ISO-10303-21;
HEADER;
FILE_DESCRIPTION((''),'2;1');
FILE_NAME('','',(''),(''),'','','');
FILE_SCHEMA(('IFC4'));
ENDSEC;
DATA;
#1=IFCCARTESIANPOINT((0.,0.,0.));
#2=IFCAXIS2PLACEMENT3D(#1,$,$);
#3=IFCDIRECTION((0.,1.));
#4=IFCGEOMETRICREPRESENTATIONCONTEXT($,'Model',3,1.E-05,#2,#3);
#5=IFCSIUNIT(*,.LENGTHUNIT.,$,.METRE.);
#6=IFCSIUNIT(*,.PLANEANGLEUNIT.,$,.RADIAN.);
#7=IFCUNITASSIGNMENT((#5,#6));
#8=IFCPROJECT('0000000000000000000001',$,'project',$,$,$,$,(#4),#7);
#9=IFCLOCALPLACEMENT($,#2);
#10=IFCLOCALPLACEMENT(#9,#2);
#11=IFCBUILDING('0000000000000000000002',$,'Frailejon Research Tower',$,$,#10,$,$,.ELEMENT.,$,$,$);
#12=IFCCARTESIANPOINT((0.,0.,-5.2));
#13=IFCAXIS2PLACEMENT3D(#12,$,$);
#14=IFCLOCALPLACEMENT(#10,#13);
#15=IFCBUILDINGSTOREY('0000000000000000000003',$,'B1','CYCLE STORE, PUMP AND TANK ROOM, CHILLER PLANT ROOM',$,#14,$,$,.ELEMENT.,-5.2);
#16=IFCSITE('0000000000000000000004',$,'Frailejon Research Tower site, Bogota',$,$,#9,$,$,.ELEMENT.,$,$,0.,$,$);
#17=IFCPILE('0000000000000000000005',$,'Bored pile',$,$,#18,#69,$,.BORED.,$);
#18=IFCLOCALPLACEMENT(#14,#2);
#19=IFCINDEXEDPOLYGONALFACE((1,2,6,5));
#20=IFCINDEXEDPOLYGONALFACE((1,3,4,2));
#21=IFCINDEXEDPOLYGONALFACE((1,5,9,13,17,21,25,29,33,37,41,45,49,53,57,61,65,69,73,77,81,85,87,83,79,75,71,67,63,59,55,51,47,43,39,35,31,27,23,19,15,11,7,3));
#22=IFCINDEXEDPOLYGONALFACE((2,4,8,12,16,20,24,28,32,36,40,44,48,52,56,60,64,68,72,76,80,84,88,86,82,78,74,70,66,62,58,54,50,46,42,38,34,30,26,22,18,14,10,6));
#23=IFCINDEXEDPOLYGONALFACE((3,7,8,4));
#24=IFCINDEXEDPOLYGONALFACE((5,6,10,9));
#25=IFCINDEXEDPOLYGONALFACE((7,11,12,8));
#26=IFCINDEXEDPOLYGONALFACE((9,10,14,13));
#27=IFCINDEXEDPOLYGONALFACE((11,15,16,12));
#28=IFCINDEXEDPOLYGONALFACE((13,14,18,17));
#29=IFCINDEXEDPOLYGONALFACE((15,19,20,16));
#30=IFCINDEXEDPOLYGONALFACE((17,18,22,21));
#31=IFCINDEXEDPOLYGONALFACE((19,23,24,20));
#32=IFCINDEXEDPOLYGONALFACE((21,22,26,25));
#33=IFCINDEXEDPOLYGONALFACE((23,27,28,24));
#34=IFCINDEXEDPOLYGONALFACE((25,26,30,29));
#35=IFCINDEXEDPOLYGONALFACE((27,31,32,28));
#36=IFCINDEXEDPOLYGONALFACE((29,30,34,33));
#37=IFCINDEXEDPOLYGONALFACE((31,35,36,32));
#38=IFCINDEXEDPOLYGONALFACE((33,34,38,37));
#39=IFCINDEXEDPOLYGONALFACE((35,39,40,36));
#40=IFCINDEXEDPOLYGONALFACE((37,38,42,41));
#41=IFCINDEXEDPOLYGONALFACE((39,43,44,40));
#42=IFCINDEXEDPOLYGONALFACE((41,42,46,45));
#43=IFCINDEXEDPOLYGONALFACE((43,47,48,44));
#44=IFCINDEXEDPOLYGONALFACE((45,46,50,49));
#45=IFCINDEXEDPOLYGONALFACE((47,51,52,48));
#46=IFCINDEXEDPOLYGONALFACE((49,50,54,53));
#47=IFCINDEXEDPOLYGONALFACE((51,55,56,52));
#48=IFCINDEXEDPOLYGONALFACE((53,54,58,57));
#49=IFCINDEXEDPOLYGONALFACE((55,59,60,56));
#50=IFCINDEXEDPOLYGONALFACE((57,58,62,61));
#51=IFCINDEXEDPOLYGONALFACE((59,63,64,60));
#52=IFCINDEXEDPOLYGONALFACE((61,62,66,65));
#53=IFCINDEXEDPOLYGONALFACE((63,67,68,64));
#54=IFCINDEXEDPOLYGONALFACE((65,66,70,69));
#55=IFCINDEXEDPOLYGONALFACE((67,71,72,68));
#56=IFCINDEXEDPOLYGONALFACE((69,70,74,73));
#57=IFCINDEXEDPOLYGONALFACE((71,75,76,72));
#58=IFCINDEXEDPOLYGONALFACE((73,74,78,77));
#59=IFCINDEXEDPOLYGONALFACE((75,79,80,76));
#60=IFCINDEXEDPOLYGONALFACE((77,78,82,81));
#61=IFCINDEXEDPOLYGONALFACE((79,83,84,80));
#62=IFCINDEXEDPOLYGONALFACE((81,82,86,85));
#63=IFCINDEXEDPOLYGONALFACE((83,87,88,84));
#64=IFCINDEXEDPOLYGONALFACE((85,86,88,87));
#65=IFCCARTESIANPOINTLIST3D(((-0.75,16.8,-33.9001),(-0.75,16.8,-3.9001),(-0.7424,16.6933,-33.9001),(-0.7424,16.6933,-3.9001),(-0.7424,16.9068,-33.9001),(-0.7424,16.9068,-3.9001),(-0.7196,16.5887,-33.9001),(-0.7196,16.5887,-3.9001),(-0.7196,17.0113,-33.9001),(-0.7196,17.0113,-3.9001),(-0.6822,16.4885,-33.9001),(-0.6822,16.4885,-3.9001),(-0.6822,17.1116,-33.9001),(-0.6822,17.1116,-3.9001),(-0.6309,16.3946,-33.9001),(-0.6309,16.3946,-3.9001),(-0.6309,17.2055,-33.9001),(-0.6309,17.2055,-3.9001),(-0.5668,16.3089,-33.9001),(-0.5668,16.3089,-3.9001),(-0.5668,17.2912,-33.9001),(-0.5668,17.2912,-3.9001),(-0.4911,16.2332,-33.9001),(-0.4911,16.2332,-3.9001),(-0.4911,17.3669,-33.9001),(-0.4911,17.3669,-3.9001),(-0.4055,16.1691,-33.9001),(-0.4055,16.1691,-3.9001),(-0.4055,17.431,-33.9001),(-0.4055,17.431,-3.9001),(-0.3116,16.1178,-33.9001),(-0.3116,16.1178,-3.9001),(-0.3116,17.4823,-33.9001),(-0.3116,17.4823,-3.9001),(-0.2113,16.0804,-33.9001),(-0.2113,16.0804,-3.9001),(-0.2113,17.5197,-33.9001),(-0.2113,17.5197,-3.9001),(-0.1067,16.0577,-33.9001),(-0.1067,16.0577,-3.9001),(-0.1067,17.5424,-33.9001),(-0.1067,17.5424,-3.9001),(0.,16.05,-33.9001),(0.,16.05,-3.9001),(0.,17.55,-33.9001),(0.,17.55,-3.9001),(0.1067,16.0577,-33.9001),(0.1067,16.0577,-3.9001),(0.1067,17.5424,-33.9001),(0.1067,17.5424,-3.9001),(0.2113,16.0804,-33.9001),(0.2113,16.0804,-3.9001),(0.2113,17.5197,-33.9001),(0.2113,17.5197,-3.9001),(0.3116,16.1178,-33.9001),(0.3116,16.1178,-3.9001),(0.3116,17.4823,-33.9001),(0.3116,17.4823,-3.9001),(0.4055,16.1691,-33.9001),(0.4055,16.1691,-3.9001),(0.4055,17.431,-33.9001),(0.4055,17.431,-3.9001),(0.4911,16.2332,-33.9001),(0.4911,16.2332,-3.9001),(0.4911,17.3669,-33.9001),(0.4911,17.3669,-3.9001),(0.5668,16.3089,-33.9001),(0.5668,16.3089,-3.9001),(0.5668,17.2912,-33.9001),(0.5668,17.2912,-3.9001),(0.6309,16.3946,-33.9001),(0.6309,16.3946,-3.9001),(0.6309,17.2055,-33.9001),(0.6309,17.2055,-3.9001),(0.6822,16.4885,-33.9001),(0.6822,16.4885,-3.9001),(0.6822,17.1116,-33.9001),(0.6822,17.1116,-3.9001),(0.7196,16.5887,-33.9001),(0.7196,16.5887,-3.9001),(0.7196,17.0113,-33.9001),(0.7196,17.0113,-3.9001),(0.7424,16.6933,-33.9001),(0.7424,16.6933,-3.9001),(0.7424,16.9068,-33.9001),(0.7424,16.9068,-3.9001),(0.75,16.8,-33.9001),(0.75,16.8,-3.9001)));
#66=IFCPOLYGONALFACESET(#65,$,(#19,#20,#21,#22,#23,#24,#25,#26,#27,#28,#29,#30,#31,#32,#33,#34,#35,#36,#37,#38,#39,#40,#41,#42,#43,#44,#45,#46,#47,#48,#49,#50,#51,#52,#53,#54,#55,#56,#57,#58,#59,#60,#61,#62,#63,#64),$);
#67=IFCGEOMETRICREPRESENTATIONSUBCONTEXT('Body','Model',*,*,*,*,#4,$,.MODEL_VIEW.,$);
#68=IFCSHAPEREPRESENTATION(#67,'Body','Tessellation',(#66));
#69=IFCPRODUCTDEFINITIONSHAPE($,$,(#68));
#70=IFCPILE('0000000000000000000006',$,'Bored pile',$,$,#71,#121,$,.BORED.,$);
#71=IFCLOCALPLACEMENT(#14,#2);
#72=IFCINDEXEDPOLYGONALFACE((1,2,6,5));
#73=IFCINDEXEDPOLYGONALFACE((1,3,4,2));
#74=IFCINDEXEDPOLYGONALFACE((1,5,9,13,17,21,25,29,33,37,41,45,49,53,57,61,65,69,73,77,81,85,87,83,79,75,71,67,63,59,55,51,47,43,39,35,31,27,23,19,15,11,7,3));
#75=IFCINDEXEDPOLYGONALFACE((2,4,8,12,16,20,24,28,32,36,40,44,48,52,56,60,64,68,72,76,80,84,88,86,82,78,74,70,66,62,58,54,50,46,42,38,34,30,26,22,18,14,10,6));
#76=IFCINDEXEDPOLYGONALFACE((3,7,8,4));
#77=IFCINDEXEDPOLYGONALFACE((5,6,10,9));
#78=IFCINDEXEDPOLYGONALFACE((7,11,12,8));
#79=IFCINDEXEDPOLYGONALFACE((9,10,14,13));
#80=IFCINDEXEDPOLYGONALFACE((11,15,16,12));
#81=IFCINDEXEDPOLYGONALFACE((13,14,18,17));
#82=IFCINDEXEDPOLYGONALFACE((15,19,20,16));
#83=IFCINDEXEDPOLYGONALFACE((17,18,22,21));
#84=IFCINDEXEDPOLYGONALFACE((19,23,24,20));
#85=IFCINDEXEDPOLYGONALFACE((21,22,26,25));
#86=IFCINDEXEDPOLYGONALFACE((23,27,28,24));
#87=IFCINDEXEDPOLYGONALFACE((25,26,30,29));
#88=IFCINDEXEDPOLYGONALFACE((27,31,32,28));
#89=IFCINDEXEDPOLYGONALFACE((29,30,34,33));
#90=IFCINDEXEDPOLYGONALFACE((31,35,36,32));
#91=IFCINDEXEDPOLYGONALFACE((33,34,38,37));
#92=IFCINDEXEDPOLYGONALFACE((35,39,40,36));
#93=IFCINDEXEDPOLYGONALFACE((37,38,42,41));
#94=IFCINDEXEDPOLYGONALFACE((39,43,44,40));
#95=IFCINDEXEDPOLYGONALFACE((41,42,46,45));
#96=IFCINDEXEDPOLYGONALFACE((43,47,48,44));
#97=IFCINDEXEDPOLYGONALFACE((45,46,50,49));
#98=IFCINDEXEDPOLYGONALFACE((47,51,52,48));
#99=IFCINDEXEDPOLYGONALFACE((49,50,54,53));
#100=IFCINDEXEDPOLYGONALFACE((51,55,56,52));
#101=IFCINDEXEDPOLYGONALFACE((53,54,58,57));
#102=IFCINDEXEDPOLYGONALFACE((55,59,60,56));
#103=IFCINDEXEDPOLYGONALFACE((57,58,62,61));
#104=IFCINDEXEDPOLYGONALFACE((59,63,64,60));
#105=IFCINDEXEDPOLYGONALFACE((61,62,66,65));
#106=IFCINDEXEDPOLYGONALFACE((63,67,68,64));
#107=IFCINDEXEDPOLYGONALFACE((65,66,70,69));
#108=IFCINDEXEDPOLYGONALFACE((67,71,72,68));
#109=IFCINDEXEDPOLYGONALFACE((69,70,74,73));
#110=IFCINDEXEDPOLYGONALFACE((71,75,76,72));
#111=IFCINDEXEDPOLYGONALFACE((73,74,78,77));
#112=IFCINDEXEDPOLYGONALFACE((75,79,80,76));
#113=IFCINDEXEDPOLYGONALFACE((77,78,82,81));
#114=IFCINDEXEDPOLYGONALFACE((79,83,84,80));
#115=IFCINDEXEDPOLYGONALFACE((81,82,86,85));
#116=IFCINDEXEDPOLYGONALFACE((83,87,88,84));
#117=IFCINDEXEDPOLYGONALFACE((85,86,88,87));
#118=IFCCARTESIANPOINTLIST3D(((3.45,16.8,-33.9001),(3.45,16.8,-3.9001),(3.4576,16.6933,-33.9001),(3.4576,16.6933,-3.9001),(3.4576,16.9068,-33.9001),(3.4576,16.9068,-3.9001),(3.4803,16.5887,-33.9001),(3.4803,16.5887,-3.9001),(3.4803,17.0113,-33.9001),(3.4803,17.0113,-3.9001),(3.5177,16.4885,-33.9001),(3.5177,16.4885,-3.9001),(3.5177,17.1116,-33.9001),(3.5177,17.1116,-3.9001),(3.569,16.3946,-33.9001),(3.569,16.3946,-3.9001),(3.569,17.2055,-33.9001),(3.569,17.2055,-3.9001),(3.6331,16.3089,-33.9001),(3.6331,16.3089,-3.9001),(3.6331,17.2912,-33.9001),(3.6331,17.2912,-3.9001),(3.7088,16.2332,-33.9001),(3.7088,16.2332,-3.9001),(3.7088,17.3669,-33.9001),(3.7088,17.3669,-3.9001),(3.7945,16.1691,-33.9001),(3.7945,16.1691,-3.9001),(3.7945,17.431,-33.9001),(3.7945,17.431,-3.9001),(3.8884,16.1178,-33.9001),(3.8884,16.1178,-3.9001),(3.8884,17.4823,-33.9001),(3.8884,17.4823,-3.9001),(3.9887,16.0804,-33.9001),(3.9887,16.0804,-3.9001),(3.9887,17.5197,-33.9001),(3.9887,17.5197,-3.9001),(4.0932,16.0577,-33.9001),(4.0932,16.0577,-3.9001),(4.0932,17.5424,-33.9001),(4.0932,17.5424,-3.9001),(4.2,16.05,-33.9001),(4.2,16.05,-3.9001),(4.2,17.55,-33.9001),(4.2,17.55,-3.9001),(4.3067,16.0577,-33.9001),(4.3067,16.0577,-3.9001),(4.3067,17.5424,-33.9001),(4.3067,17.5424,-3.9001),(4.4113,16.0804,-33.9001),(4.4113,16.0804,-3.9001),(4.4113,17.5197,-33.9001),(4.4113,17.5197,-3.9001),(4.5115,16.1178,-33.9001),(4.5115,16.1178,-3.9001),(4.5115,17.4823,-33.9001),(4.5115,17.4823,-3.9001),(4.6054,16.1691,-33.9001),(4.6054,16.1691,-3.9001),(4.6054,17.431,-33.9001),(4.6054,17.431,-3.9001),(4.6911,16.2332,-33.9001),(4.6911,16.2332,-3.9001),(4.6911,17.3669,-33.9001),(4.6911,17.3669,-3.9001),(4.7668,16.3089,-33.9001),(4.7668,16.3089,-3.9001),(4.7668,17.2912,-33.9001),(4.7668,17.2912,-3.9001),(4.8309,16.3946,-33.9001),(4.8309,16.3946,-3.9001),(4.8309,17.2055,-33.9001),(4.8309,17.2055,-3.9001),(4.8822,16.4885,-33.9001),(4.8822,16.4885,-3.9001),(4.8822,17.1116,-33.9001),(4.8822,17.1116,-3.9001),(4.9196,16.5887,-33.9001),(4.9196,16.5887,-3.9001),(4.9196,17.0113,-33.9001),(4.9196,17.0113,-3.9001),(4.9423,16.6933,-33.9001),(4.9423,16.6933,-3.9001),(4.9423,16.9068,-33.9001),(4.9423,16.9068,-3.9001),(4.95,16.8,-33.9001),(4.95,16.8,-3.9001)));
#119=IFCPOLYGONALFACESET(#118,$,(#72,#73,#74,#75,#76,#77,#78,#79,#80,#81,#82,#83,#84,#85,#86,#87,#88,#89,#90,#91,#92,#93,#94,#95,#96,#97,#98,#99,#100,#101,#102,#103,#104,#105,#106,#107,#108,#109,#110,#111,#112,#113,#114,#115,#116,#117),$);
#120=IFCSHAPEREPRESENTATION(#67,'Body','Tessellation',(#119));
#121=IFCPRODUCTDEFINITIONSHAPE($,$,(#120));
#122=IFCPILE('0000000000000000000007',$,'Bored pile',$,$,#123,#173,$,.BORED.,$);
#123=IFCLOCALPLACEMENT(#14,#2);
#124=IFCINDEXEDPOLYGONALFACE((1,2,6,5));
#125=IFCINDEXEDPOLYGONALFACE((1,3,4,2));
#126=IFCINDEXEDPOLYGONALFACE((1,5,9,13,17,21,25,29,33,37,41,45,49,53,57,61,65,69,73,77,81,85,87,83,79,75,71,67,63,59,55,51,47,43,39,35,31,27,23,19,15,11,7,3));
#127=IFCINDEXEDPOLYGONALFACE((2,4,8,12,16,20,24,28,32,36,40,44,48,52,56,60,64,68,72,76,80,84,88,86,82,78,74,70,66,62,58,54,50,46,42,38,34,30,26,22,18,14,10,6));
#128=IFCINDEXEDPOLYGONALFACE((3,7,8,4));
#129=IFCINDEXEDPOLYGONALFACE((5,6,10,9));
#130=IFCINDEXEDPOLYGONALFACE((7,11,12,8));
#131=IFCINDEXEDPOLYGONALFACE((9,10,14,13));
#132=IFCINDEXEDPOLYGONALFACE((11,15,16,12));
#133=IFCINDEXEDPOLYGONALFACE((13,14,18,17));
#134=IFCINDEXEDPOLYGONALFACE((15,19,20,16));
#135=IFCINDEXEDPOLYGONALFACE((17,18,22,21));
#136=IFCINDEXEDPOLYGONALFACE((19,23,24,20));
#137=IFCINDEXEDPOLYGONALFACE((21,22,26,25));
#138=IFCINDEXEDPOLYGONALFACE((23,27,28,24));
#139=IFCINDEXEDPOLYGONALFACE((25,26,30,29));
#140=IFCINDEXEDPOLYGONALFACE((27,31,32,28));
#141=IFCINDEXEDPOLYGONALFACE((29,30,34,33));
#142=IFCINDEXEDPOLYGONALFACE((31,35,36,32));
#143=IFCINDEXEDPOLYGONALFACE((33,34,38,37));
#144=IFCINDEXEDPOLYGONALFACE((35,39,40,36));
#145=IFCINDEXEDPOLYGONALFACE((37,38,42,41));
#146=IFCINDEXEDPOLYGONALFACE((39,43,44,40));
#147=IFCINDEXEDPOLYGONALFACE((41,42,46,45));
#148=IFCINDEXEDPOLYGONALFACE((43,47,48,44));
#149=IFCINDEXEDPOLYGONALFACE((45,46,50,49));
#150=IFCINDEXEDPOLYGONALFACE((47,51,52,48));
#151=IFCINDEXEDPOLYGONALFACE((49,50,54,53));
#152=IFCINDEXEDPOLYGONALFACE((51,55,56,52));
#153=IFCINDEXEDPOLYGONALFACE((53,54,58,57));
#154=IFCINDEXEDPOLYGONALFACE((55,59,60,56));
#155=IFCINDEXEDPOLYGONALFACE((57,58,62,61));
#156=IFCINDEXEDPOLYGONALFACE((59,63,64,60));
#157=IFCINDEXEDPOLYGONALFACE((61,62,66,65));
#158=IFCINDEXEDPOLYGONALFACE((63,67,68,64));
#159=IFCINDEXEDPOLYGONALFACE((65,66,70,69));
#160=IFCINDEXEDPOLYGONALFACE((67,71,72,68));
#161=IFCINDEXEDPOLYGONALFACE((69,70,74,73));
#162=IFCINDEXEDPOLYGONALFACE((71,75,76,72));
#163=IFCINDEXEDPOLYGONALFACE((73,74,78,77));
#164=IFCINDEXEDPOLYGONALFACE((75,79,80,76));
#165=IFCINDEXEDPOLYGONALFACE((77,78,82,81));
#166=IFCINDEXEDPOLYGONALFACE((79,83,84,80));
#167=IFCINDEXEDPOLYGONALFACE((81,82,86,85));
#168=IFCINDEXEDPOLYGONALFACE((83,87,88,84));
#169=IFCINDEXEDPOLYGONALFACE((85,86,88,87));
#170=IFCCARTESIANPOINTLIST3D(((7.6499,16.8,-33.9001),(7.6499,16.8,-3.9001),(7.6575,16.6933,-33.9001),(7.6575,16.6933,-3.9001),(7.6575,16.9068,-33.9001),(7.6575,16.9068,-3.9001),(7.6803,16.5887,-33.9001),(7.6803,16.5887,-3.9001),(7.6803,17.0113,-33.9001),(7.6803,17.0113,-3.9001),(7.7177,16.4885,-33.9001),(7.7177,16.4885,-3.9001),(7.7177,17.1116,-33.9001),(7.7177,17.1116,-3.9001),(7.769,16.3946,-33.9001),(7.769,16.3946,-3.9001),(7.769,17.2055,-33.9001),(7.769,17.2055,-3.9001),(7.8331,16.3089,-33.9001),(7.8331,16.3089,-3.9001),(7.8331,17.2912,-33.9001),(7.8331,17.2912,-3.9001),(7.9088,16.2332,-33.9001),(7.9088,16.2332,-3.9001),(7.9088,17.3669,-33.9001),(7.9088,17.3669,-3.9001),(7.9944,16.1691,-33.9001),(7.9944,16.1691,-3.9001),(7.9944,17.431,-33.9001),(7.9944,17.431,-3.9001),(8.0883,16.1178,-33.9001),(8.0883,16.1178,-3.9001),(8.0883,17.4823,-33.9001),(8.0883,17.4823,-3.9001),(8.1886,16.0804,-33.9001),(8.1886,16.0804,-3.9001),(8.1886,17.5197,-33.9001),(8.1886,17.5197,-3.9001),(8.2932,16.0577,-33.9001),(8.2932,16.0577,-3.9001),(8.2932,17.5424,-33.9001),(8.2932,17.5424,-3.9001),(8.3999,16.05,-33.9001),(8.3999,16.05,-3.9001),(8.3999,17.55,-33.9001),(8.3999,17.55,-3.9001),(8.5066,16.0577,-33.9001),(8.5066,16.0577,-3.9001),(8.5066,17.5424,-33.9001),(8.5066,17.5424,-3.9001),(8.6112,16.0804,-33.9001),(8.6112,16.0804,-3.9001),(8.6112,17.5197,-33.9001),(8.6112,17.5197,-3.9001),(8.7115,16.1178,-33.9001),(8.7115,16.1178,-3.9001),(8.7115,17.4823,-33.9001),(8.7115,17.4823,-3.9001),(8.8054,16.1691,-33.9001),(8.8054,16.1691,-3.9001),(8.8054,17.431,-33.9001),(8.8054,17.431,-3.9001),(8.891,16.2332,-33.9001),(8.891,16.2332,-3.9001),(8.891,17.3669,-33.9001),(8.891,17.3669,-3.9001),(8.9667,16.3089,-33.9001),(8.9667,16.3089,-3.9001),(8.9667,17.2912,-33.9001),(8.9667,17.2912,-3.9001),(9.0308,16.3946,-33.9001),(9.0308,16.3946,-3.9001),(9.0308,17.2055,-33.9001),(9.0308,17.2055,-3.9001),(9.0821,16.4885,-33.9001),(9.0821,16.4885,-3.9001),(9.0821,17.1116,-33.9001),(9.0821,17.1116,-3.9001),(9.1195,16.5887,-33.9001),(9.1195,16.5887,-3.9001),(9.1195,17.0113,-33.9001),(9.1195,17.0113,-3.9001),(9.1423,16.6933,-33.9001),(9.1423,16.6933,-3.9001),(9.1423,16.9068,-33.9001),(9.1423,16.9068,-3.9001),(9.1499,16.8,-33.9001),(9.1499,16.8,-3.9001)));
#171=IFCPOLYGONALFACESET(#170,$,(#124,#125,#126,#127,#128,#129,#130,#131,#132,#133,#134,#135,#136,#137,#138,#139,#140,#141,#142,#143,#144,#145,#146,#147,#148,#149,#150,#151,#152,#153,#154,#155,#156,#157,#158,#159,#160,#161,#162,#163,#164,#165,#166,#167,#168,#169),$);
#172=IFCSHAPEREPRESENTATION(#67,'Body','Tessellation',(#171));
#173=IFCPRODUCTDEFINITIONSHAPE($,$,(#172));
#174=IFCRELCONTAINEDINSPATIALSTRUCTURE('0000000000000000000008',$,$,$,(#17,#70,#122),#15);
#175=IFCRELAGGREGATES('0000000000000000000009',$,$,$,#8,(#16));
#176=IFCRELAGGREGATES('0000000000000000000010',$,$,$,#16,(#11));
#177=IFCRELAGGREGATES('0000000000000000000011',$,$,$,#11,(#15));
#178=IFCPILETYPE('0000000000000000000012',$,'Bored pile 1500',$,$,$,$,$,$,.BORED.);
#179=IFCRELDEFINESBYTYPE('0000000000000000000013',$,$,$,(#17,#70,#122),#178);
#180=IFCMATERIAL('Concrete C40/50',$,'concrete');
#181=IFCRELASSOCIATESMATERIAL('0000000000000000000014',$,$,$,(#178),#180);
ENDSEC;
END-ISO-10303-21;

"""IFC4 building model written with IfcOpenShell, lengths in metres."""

from ifc_helpers import new_model, si_unit, direction, frame, origin, origin_2d, place, context, subcontext, project, spatial, circle, extrude, material, material_profile, profile_set, type_object, element, save


model = new_model("IFC4")

# Units and contexts
model_context = context("Model", 3, precision=1e-05, world=origin(), true_north=direction((0.0, 1.0)))
body_context = subcontext(model_context, "Body", "Model", "MODEL_VIEW")
ifc_project = project(units=[si_unit("LENGTHUNIT", "METRE"), si_unit("PLANEANGLEUNIT", "RADIAN")], contexts=[model_context])

# Site, building, storey
site_placement = place(None, origin())
site = spatial("IfcSite", under=ifc_project, at=site_placement, Name="Frailejon Research Tower site, Bogota", CompositionType="ELEMENT", RefElevation=0.0)
building_placement = place(site_placement, origin())
building = spatial("IfcBuilding", under=site, at=building_placement, Name="Frailejon Research Tower", CompositionType="ELEMENT")
storey_placement = place(building_placement, frame((0.0, 0.0, -5.2)))
storey = spatial("IfcBuildingStorey", under=building, at=storey_placement, Name="B1", Description="CYCLE STORE, PUMP AND TANK ROOM, CHILLER PLANT ROOM", CompositionType="ELEMENT", Elevation=-5.2)

# Piles
ifc_material_1 = material(Name="Concrete C40/50", Category="concrete")
ifc_material_profile_1 = material_profile(ifc_material_1, circle(Radius=0.75, at=origin_2d()), Name="Bored pile 1500")
ifc_profile_set_1 = profile_set([ifc_material_profile_1], Name="Concrete C40/50")
pile_type = type_object("IfcPileType", Name="Bored pile 1500", PredefinedType="BORED", material=ifc_profile_set_1)
for number, where, z_axis, x_axis, name in (
    (1, (0.0, 16.8, -3.9001), (0.0, 0.0, -1.0), (1.0, 0.0, 0.0), "Bored pile"),
    (2, (4.2, 16.8, -3.9001), (0.0, 0.0, -1.0), (1.0, 0.0, 0.0), "Bored pile"),
    (3, (8.3999, 16.8, -3.9001), (0.0, 0.0, -1.0), (1.0, 0.0, 0.0), "Bored pile"),
):
    element("IfcPile", number, at=place(storey_placement, frame(where, z_axis=z_axis, x_axis=x_axis)), inside=storey, type_object=pile_type, Name=name, PredefinedType="BORED", context=body_context, shape_type="SweptSolid", body=[
        extrude(circle(Radius=0.75, at=origin_2d()), origin(), (0.0, 0.0, 1.0), 30.0),
    ])

save(model, "model.ifc")
